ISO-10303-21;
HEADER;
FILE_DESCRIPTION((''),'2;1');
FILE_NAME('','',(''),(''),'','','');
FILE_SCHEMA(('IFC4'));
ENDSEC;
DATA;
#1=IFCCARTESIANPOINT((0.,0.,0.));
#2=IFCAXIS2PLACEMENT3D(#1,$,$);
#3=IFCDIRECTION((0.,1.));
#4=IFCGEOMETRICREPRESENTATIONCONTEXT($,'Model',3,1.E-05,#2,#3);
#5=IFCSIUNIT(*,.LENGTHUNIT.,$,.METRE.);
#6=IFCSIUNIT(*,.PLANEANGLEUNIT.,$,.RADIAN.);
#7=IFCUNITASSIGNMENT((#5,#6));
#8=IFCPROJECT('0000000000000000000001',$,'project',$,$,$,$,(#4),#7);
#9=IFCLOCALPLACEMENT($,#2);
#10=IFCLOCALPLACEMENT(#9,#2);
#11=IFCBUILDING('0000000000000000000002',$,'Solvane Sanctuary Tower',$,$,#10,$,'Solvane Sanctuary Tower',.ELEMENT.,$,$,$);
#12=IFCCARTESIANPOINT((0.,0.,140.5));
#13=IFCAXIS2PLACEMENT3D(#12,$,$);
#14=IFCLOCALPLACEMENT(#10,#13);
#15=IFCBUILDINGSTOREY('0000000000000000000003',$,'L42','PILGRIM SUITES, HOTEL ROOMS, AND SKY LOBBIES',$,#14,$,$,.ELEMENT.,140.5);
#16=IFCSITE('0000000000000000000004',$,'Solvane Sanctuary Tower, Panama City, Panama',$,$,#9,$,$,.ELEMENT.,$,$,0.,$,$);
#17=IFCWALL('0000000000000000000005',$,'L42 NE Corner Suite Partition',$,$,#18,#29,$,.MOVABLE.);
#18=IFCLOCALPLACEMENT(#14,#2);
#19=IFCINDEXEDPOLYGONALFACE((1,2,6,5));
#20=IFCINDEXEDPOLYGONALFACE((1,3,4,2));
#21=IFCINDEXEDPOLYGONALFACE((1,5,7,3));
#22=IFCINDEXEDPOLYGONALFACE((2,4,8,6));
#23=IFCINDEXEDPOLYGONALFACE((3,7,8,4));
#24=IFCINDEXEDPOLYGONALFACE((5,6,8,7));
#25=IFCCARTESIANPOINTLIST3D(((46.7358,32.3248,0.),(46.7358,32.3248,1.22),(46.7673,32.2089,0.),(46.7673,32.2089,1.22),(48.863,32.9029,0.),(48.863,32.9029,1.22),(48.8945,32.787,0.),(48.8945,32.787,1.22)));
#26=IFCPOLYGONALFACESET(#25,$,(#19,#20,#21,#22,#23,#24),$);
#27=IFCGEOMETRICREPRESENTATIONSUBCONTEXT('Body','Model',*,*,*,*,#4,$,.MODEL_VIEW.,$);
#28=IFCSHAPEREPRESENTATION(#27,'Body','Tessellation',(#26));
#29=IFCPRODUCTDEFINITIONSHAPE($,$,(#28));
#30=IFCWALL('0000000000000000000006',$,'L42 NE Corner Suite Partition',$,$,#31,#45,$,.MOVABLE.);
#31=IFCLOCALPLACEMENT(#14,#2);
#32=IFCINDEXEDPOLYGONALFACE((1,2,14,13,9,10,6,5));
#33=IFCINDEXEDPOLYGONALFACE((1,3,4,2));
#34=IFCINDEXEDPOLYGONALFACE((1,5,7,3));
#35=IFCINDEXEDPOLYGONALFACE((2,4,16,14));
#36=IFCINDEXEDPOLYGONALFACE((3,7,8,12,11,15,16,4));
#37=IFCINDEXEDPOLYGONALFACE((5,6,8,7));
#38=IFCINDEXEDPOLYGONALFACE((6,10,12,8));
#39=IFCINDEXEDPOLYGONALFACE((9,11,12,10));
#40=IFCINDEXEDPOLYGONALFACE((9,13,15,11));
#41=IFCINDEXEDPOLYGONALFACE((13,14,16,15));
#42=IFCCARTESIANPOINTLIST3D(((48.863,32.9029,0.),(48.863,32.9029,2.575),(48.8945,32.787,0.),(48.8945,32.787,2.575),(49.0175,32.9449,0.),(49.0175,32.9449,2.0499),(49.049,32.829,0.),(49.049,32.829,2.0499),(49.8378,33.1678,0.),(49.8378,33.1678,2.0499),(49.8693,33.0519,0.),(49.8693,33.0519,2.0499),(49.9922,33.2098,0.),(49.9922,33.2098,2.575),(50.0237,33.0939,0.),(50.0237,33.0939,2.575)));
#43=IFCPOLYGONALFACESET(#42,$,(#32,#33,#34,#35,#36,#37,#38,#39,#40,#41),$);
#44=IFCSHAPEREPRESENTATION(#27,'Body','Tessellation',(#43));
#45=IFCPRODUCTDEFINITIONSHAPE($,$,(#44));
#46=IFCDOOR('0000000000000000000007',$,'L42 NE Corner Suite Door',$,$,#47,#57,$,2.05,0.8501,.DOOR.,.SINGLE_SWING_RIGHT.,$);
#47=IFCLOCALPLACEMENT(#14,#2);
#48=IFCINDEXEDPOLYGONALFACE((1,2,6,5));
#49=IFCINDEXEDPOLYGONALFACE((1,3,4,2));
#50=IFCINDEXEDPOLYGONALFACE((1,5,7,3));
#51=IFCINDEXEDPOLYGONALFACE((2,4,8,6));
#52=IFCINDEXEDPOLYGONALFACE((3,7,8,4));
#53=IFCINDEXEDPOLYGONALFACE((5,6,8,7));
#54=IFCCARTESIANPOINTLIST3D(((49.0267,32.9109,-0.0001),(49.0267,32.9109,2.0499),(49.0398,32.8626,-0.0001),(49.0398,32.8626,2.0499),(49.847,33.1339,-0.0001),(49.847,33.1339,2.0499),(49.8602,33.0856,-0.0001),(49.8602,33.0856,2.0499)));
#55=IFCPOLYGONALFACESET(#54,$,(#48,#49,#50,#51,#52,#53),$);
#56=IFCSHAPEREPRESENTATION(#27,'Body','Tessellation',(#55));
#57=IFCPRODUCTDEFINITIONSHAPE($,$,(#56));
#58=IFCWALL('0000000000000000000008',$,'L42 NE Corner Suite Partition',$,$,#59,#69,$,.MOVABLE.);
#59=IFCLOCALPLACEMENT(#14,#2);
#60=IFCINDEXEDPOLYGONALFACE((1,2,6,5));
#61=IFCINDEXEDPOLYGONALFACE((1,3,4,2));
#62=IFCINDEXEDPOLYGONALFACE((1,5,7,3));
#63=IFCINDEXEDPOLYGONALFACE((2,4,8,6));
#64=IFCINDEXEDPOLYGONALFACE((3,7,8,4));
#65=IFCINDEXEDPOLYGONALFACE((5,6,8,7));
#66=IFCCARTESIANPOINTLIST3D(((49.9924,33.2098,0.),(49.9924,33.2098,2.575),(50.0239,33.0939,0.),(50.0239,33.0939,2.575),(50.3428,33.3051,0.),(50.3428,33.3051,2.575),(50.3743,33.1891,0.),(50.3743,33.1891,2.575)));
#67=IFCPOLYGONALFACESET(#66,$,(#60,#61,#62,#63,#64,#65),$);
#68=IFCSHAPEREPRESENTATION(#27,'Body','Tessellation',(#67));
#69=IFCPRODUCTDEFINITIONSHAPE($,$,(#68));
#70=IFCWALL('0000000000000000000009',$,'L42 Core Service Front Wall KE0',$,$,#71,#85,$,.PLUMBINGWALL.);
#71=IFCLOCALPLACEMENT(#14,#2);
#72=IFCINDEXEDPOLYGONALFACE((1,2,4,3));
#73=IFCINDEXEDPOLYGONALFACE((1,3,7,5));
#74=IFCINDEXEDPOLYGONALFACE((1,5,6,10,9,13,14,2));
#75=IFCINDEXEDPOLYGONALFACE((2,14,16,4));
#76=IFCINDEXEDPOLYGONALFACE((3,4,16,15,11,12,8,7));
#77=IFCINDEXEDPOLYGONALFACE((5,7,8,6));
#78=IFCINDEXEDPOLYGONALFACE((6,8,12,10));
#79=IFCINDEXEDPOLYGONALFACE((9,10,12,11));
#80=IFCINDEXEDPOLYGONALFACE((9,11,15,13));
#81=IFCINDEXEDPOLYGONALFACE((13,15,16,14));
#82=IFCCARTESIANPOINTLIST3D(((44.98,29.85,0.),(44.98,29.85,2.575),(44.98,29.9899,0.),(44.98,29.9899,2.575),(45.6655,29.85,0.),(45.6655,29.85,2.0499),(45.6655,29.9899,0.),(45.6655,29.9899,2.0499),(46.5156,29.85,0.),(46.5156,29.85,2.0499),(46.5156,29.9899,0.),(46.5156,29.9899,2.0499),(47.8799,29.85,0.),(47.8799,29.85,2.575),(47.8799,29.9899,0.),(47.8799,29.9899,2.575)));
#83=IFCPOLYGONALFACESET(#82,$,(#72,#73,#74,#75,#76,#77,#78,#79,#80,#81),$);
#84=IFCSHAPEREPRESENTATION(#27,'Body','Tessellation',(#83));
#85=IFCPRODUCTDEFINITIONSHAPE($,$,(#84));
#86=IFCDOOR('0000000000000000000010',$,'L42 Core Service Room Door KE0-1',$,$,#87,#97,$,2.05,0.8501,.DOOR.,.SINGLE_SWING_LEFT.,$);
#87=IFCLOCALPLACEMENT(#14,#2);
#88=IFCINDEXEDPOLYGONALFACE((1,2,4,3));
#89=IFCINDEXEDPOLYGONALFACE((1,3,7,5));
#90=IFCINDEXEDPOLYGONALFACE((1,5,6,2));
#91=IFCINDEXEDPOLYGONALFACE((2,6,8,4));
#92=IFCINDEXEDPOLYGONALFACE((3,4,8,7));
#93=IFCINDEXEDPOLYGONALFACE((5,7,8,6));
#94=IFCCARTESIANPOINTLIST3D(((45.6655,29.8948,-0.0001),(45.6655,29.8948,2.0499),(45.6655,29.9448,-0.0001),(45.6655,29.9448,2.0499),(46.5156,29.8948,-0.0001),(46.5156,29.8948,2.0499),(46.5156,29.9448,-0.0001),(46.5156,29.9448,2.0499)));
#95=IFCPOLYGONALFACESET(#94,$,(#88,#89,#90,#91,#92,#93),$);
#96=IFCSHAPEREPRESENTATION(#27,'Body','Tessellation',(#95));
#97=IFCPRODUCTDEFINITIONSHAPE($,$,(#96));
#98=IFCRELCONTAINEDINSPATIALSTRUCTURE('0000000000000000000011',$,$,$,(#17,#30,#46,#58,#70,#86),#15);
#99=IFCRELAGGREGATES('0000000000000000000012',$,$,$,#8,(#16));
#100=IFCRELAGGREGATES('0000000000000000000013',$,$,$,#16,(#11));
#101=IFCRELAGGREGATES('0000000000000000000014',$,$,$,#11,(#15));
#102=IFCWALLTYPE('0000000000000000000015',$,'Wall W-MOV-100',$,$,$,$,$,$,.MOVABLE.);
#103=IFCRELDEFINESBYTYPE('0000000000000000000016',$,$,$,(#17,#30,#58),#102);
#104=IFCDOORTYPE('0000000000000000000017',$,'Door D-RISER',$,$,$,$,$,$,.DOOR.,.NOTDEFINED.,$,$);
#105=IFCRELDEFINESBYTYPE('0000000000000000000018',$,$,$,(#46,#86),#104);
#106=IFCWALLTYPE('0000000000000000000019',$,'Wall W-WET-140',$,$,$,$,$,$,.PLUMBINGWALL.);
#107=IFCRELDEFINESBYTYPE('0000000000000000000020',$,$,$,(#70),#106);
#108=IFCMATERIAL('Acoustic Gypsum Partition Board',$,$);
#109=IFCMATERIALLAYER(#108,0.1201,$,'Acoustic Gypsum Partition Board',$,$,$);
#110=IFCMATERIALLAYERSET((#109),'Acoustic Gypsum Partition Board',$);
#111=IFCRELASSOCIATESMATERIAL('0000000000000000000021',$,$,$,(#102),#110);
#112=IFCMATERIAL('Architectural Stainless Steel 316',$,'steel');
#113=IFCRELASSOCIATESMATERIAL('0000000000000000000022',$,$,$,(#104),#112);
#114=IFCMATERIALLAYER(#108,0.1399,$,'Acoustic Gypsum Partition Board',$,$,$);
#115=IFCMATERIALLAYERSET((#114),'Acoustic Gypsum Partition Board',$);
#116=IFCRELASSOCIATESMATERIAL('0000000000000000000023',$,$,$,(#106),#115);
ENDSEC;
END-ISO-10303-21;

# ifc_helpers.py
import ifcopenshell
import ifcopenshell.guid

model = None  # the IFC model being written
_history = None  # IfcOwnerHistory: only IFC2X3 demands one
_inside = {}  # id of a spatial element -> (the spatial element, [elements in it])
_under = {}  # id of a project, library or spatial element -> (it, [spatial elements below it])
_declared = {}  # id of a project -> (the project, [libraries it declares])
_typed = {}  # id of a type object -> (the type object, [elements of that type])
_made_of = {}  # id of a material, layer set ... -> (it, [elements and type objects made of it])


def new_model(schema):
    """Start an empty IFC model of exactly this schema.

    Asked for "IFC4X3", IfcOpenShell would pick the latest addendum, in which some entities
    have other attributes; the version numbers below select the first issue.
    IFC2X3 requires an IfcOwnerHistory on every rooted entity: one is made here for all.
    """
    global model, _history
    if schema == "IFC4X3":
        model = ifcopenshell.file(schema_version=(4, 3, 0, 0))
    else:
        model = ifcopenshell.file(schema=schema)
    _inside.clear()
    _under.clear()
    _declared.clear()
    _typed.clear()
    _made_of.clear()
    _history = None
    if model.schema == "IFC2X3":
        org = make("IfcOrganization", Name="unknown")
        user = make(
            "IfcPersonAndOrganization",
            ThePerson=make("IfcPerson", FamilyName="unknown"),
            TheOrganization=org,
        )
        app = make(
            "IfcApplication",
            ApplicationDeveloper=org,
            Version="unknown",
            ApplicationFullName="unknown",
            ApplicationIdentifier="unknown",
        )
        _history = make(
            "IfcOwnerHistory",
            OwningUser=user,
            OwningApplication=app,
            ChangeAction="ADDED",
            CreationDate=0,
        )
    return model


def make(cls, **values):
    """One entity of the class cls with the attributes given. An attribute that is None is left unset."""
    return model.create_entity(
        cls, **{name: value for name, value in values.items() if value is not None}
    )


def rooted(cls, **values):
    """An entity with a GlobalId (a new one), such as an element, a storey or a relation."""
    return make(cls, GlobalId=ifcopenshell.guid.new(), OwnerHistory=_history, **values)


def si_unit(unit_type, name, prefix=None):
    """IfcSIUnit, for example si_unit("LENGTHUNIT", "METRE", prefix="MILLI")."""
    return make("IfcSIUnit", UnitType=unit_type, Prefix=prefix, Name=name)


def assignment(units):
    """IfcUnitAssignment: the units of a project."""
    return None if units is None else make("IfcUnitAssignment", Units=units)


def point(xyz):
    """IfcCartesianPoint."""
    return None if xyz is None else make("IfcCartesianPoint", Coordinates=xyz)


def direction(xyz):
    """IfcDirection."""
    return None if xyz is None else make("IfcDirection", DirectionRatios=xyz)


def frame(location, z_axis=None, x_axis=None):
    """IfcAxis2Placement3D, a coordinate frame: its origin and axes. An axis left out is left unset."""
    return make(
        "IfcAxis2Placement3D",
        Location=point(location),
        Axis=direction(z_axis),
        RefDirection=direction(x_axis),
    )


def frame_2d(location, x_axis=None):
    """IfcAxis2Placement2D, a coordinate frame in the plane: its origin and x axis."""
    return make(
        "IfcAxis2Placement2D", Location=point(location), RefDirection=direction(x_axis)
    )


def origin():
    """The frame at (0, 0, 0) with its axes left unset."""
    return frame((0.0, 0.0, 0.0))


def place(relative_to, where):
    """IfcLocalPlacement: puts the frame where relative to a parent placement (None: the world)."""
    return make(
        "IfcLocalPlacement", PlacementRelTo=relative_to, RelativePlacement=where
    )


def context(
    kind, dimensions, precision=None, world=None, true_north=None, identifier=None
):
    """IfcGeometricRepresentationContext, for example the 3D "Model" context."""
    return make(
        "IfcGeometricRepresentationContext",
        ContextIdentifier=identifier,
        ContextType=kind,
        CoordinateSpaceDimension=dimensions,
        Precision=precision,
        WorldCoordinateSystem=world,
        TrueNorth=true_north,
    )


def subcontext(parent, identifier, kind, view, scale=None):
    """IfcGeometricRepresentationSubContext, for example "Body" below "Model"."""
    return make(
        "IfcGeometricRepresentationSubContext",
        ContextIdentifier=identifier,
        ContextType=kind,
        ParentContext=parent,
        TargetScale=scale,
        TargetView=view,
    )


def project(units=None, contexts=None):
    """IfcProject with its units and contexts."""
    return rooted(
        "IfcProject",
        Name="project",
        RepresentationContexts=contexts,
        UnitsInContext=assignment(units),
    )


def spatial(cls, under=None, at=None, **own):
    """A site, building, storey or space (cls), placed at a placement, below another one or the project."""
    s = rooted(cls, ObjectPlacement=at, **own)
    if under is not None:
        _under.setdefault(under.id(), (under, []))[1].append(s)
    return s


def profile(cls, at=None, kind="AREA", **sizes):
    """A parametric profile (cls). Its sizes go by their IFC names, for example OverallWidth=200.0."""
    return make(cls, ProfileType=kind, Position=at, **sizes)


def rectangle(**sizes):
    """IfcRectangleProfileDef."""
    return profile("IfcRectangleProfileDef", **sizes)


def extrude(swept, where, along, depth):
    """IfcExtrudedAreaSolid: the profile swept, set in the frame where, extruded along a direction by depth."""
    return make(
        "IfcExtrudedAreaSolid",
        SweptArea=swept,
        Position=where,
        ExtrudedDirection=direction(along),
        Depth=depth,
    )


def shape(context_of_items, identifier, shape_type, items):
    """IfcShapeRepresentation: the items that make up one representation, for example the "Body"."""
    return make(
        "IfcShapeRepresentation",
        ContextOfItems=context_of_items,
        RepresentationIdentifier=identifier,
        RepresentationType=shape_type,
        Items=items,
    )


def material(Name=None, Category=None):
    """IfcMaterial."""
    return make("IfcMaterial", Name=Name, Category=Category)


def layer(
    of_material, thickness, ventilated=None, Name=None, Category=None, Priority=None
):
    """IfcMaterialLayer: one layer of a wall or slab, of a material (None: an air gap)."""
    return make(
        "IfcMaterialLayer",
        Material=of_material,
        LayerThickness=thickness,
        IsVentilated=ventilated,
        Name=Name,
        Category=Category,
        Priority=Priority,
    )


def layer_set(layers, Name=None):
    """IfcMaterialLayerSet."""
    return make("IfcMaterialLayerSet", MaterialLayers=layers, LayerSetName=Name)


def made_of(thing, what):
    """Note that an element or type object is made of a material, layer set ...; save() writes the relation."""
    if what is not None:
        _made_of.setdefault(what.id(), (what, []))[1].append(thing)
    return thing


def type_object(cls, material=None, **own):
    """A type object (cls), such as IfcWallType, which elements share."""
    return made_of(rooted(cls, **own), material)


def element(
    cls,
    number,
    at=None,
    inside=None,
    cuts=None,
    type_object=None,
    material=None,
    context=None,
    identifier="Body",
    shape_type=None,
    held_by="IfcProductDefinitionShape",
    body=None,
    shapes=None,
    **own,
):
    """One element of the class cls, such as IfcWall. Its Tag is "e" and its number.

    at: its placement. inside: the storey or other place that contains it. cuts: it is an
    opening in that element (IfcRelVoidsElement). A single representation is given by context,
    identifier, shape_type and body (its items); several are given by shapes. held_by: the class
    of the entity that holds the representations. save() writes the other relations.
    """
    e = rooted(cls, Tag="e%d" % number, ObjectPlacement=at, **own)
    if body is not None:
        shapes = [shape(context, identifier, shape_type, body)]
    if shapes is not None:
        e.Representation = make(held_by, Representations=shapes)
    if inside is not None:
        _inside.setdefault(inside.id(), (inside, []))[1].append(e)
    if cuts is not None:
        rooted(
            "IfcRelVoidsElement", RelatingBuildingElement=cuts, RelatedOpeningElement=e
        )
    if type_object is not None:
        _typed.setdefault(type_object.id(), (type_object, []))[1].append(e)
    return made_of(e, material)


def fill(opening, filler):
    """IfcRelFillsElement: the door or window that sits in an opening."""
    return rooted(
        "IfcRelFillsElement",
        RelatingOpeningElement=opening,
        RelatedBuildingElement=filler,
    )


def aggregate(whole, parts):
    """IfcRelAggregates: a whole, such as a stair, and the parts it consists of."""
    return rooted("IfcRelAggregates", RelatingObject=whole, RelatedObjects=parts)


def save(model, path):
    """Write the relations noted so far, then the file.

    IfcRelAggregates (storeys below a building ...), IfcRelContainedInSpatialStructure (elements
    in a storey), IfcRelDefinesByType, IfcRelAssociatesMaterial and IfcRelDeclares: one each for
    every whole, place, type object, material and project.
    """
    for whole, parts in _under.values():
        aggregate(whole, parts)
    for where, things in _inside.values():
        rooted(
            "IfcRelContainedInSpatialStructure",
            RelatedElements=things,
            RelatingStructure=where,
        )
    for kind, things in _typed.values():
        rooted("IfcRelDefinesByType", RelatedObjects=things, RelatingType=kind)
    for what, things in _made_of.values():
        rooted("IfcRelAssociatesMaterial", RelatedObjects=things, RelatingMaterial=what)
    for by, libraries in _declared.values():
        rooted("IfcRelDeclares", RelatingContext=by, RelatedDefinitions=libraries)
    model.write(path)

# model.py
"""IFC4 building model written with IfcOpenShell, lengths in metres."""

from ifc_helpers import new_model, si_unit, direction, frame, frame_2d, origin, place, context, subcontext, project, spatial, rectangle, extrude, material, layer, layer_set, type_object, element, fill, save


model = new_model("IFC4")

# Units and contexts
model_context = context("Model", 3, precision=1e-05, world=origin(), true_north=direction((0.0, 1.0)))
body_context = subcontext(model_context, "Body", "Model", "MODEL_VIEW")
ifc_project = project(units=[si_unit("LENGTHUNIT", "METRE"), si_unit("PLANEANGLEUNIT", "RADIAN")], contexts=[model_context])

# Site, building, storey
site_placement = place(None, origin())
site = spatial("IfcSite", under=ifc_project, at=site_placement, Name="Solvane Sanctuary Tower, Panama City, Panama", CompositionType="ELEMENT", RefElevation=0.0)
building_placement = place(site_placement, origin())
building = spatial("IfcBuilding", under=site, at=building_placement, Name="Solvane Sanctuary Tower", LongName="Solvane Sanctuary Tower", CompositionType="ELEMENT")
storey_placement = place(building_placement, frame((0.0, 0.0, 140.5)))
storey = spatial("IfcBuildingStorey", under=building, at=storey_placement, Name="L42", Description="PILGRIM SUITES, HOTEL ROOMS, AND SKY LOBBIES", CompositionType="ELEMENT", Elevation=140.5)

# Shared definitions
ifc_material_1 = material(Name="Acoustic Gypsum Partition Board")

# Wall
ifc_layer_1 = layer(ifc_material_1, 0.1201, Name="Acoustic Gypsum Partition Board")
ifc_layer_set_1 = layer_set([ifc_layer_1], Name="Acoustic Gypsum Partition Board")
wall_type_1 = type_object("IfcWallType", Name="Wall W-MOV-100", PredefinedType="MOVABLE", material=ifc_layer_set_1)
wall_1_placement = place(storey_placement, frame((46.7517, 32.2668, 0.0), z_axis=(0.0, 0.0, 1.0), x_axis=(0.964996, 0.262265, 0.0)))
element("IfcWall", 1, at=wall_1_placement, inside=storey, type_object=wall_type_1, Name="L42 NE Corner Suite Partition", PredefinedType="MOVABLE", context=body_context, shape_type="SweptSolid", body=[
    extrude(rectangle(XDim=2.2043, YDim=0.1201, at=frame_2d((1.1021, 0.0))), origin(), (0.0, 0.0, 1.0), 1.22),
])

# Wall, opening, door
wall_2_placement = place(storey_placement, frame((48.8789, 32.845, 0.0), z_axis=(0.0, 0.0, 1.0), x_axis=(0.964995, 0.26227, 0.0)))
wall_2 = element("IfcWall", 2, at=wall_2_placement, inside=storey, type_object=wall_type_1, Name="L42 NE Corner Suite Partition", PredefinedType="MOVABLE", context=body_context, shape_type="SweptSolid", body=[
    extrude(rectangle(XDim=1.1702, YDim=0.1201, at=frame_2d((0.585, 0.0))), origin(), (0.0, 0.0, 1.0), 2.575),
])
opening_1_placement = place(wall_2_placement, frame((0.1599, 0.0, 0.0)))
opening_1 = element("IfcOpeningElement", 3, at=opening_1_placement, cuts=wall_2, PredefinedType="OPENING", context=body_context, shape_type="SweptSolid", body=[
    extrude(rectangle(XDim=0.8501, YDim=2.05, at=frame_2d((0.425, 1.0249))), frame((0.0, 0.0701, 0.0), z_axis=(0.0, -1.0, 0.0), x_axis=(1.0, 0.0, 0.0)), (0.0, 0.0, 1.0), 0.1401),
])
ifc_material_2 = material(Name="Architectural Stainless Steel 316", Category="steel")
door_type_1 = type_object("IfcDoorType", Name="Door D-RISER", OperationType="NOTDEFINED", PredefinedType="DOOR", material=ifc_material_2)
door_1_placement = place(opening_1_placement, origin())
door_1 = element("IfcDoor", 4, at=door_1_placement, inside=storey, type_object=door_type_1, Name="L42 NE Corner Suite Door", OperationType="SINGLE_SWING_RIGHT", OverallHeight=2.05, OverallWidth=0.8501, PredefinedType="DOOR", context=body_context, shape_type="SweptSolid", body=[
    extrude(rectangle(XDim=0.8501, YDim=2.05, at=frame_2d((0.425, 1.0249))), frame((0.0, 0.0249, 0.0), z_axis=(0.0, -1.0, 0.0), x_axis=(1.0, 0.0, 0.0)), (0.0, 0.0, 1.0), 0.05),
])
fill(opening_1, door_1)

# Wall
wall_3_placement = place(storey_placement, frame((50.0081, 33.1519, 0.0), z_axis=(0.0, 0.0, 1.0), x_axis=(0.964996, 0.262264, 0.0)))
element("IfcWall", 5, at=wall_3_placement, inside=storey, type_object=wall_type_1, Name="L42 NE Corner Suite Partition", PredefinedType="MOVABLE", context=body_context, shape_type="SweptSolid", body=[
    extrude(rectangle(XDim=0.363, YDim=0.1201, at=frame_2d((0.1816, 0.0))), origin(), (0.0, 0.0, 1.0), 2.575),
])

# Wall, opening, door
ifc_layer_2 = layer(ifc_material_1, 0.1399, Name="Acoustic Gypsum Partition Board")
ifc_layer_set_2 = layer_set([ifc_layer_2], Name="Acoustic Gypsum Partition Board")
wall_type_2 = type_object("IfcWallType", Name="Wall W-WET-140", PredefinedType="PLUMBINGWALL", material=ifc_layer_set_2)
wall_4_placement = place(storey_placement, frame((44.98, 29.9199, 0.0), z_axis=(0.0, 0.0, 1.0), x_axis=(1.0, 0.0, 0.0)))
wall_4 = element("IfcWall", 6, at=wall_4_placement, inside=storey, type_object=wall_type_2, Name="L42 Core Service Front Wall KE0", PredefinedType="PLUMBINGWALL", context=body_context, shape_type="SweptSolid", body=[
    extrude(rectangle(XDim=2.8999, YDim=0.1399, at=frame_2d((1.45, 0.0))), origin(), (0.0, 0.0, 1.0), 2.575),
])
opening_2_placement = place(wall_4_placement, frame((0.6855, 0.0, 0.0)))
opening_2 = element("IfcOpeningElement", 7, at=opening_2_placement, cuts=wall_4, PredefinedType="OPENING", context=body_context, shape_type="SweptSolid", body=[
    extrude(rectangle(XDim=0.8501, YDim=2.05, at=frame_2d((0.425, 1.0249))), frame((0.0, 0.0798, 0.0), z_axis=(0.0, -1.0, 0.0), x_axis=(1.0, 0.0, 0.0)), (0.0, 0.0, 1.0), 0.1599),
])
door_2_placement = place(opening_2_placement, origin())
door_2 = element("IfcDoor", 8, at=door_2_placement, inside=storey, type_object=door_type_1, Name="L42 Core Service Room Door KE0-1", OperationType="SINGLE_SWING_LEFT", OverallHeight=2.05, OverallWidth=0.8501, PredefinedType="DOOR", context=body_context, shape_type="SweptSolid", body=[
    extrude(rectangle(XDim=0.8501, YDim=2.05, at=frame_2d((0.425, 1.0249))), frame((0.0, 0.0249, 0.0), z_axis=(0.0, -1.0, 0.0), x_axis=(1.0, 0.0, 0.0)), (0.0, 0.0, 1.0), 0.05),
])
fill(opening_2, door_2)

save(model, "model.ifc")
